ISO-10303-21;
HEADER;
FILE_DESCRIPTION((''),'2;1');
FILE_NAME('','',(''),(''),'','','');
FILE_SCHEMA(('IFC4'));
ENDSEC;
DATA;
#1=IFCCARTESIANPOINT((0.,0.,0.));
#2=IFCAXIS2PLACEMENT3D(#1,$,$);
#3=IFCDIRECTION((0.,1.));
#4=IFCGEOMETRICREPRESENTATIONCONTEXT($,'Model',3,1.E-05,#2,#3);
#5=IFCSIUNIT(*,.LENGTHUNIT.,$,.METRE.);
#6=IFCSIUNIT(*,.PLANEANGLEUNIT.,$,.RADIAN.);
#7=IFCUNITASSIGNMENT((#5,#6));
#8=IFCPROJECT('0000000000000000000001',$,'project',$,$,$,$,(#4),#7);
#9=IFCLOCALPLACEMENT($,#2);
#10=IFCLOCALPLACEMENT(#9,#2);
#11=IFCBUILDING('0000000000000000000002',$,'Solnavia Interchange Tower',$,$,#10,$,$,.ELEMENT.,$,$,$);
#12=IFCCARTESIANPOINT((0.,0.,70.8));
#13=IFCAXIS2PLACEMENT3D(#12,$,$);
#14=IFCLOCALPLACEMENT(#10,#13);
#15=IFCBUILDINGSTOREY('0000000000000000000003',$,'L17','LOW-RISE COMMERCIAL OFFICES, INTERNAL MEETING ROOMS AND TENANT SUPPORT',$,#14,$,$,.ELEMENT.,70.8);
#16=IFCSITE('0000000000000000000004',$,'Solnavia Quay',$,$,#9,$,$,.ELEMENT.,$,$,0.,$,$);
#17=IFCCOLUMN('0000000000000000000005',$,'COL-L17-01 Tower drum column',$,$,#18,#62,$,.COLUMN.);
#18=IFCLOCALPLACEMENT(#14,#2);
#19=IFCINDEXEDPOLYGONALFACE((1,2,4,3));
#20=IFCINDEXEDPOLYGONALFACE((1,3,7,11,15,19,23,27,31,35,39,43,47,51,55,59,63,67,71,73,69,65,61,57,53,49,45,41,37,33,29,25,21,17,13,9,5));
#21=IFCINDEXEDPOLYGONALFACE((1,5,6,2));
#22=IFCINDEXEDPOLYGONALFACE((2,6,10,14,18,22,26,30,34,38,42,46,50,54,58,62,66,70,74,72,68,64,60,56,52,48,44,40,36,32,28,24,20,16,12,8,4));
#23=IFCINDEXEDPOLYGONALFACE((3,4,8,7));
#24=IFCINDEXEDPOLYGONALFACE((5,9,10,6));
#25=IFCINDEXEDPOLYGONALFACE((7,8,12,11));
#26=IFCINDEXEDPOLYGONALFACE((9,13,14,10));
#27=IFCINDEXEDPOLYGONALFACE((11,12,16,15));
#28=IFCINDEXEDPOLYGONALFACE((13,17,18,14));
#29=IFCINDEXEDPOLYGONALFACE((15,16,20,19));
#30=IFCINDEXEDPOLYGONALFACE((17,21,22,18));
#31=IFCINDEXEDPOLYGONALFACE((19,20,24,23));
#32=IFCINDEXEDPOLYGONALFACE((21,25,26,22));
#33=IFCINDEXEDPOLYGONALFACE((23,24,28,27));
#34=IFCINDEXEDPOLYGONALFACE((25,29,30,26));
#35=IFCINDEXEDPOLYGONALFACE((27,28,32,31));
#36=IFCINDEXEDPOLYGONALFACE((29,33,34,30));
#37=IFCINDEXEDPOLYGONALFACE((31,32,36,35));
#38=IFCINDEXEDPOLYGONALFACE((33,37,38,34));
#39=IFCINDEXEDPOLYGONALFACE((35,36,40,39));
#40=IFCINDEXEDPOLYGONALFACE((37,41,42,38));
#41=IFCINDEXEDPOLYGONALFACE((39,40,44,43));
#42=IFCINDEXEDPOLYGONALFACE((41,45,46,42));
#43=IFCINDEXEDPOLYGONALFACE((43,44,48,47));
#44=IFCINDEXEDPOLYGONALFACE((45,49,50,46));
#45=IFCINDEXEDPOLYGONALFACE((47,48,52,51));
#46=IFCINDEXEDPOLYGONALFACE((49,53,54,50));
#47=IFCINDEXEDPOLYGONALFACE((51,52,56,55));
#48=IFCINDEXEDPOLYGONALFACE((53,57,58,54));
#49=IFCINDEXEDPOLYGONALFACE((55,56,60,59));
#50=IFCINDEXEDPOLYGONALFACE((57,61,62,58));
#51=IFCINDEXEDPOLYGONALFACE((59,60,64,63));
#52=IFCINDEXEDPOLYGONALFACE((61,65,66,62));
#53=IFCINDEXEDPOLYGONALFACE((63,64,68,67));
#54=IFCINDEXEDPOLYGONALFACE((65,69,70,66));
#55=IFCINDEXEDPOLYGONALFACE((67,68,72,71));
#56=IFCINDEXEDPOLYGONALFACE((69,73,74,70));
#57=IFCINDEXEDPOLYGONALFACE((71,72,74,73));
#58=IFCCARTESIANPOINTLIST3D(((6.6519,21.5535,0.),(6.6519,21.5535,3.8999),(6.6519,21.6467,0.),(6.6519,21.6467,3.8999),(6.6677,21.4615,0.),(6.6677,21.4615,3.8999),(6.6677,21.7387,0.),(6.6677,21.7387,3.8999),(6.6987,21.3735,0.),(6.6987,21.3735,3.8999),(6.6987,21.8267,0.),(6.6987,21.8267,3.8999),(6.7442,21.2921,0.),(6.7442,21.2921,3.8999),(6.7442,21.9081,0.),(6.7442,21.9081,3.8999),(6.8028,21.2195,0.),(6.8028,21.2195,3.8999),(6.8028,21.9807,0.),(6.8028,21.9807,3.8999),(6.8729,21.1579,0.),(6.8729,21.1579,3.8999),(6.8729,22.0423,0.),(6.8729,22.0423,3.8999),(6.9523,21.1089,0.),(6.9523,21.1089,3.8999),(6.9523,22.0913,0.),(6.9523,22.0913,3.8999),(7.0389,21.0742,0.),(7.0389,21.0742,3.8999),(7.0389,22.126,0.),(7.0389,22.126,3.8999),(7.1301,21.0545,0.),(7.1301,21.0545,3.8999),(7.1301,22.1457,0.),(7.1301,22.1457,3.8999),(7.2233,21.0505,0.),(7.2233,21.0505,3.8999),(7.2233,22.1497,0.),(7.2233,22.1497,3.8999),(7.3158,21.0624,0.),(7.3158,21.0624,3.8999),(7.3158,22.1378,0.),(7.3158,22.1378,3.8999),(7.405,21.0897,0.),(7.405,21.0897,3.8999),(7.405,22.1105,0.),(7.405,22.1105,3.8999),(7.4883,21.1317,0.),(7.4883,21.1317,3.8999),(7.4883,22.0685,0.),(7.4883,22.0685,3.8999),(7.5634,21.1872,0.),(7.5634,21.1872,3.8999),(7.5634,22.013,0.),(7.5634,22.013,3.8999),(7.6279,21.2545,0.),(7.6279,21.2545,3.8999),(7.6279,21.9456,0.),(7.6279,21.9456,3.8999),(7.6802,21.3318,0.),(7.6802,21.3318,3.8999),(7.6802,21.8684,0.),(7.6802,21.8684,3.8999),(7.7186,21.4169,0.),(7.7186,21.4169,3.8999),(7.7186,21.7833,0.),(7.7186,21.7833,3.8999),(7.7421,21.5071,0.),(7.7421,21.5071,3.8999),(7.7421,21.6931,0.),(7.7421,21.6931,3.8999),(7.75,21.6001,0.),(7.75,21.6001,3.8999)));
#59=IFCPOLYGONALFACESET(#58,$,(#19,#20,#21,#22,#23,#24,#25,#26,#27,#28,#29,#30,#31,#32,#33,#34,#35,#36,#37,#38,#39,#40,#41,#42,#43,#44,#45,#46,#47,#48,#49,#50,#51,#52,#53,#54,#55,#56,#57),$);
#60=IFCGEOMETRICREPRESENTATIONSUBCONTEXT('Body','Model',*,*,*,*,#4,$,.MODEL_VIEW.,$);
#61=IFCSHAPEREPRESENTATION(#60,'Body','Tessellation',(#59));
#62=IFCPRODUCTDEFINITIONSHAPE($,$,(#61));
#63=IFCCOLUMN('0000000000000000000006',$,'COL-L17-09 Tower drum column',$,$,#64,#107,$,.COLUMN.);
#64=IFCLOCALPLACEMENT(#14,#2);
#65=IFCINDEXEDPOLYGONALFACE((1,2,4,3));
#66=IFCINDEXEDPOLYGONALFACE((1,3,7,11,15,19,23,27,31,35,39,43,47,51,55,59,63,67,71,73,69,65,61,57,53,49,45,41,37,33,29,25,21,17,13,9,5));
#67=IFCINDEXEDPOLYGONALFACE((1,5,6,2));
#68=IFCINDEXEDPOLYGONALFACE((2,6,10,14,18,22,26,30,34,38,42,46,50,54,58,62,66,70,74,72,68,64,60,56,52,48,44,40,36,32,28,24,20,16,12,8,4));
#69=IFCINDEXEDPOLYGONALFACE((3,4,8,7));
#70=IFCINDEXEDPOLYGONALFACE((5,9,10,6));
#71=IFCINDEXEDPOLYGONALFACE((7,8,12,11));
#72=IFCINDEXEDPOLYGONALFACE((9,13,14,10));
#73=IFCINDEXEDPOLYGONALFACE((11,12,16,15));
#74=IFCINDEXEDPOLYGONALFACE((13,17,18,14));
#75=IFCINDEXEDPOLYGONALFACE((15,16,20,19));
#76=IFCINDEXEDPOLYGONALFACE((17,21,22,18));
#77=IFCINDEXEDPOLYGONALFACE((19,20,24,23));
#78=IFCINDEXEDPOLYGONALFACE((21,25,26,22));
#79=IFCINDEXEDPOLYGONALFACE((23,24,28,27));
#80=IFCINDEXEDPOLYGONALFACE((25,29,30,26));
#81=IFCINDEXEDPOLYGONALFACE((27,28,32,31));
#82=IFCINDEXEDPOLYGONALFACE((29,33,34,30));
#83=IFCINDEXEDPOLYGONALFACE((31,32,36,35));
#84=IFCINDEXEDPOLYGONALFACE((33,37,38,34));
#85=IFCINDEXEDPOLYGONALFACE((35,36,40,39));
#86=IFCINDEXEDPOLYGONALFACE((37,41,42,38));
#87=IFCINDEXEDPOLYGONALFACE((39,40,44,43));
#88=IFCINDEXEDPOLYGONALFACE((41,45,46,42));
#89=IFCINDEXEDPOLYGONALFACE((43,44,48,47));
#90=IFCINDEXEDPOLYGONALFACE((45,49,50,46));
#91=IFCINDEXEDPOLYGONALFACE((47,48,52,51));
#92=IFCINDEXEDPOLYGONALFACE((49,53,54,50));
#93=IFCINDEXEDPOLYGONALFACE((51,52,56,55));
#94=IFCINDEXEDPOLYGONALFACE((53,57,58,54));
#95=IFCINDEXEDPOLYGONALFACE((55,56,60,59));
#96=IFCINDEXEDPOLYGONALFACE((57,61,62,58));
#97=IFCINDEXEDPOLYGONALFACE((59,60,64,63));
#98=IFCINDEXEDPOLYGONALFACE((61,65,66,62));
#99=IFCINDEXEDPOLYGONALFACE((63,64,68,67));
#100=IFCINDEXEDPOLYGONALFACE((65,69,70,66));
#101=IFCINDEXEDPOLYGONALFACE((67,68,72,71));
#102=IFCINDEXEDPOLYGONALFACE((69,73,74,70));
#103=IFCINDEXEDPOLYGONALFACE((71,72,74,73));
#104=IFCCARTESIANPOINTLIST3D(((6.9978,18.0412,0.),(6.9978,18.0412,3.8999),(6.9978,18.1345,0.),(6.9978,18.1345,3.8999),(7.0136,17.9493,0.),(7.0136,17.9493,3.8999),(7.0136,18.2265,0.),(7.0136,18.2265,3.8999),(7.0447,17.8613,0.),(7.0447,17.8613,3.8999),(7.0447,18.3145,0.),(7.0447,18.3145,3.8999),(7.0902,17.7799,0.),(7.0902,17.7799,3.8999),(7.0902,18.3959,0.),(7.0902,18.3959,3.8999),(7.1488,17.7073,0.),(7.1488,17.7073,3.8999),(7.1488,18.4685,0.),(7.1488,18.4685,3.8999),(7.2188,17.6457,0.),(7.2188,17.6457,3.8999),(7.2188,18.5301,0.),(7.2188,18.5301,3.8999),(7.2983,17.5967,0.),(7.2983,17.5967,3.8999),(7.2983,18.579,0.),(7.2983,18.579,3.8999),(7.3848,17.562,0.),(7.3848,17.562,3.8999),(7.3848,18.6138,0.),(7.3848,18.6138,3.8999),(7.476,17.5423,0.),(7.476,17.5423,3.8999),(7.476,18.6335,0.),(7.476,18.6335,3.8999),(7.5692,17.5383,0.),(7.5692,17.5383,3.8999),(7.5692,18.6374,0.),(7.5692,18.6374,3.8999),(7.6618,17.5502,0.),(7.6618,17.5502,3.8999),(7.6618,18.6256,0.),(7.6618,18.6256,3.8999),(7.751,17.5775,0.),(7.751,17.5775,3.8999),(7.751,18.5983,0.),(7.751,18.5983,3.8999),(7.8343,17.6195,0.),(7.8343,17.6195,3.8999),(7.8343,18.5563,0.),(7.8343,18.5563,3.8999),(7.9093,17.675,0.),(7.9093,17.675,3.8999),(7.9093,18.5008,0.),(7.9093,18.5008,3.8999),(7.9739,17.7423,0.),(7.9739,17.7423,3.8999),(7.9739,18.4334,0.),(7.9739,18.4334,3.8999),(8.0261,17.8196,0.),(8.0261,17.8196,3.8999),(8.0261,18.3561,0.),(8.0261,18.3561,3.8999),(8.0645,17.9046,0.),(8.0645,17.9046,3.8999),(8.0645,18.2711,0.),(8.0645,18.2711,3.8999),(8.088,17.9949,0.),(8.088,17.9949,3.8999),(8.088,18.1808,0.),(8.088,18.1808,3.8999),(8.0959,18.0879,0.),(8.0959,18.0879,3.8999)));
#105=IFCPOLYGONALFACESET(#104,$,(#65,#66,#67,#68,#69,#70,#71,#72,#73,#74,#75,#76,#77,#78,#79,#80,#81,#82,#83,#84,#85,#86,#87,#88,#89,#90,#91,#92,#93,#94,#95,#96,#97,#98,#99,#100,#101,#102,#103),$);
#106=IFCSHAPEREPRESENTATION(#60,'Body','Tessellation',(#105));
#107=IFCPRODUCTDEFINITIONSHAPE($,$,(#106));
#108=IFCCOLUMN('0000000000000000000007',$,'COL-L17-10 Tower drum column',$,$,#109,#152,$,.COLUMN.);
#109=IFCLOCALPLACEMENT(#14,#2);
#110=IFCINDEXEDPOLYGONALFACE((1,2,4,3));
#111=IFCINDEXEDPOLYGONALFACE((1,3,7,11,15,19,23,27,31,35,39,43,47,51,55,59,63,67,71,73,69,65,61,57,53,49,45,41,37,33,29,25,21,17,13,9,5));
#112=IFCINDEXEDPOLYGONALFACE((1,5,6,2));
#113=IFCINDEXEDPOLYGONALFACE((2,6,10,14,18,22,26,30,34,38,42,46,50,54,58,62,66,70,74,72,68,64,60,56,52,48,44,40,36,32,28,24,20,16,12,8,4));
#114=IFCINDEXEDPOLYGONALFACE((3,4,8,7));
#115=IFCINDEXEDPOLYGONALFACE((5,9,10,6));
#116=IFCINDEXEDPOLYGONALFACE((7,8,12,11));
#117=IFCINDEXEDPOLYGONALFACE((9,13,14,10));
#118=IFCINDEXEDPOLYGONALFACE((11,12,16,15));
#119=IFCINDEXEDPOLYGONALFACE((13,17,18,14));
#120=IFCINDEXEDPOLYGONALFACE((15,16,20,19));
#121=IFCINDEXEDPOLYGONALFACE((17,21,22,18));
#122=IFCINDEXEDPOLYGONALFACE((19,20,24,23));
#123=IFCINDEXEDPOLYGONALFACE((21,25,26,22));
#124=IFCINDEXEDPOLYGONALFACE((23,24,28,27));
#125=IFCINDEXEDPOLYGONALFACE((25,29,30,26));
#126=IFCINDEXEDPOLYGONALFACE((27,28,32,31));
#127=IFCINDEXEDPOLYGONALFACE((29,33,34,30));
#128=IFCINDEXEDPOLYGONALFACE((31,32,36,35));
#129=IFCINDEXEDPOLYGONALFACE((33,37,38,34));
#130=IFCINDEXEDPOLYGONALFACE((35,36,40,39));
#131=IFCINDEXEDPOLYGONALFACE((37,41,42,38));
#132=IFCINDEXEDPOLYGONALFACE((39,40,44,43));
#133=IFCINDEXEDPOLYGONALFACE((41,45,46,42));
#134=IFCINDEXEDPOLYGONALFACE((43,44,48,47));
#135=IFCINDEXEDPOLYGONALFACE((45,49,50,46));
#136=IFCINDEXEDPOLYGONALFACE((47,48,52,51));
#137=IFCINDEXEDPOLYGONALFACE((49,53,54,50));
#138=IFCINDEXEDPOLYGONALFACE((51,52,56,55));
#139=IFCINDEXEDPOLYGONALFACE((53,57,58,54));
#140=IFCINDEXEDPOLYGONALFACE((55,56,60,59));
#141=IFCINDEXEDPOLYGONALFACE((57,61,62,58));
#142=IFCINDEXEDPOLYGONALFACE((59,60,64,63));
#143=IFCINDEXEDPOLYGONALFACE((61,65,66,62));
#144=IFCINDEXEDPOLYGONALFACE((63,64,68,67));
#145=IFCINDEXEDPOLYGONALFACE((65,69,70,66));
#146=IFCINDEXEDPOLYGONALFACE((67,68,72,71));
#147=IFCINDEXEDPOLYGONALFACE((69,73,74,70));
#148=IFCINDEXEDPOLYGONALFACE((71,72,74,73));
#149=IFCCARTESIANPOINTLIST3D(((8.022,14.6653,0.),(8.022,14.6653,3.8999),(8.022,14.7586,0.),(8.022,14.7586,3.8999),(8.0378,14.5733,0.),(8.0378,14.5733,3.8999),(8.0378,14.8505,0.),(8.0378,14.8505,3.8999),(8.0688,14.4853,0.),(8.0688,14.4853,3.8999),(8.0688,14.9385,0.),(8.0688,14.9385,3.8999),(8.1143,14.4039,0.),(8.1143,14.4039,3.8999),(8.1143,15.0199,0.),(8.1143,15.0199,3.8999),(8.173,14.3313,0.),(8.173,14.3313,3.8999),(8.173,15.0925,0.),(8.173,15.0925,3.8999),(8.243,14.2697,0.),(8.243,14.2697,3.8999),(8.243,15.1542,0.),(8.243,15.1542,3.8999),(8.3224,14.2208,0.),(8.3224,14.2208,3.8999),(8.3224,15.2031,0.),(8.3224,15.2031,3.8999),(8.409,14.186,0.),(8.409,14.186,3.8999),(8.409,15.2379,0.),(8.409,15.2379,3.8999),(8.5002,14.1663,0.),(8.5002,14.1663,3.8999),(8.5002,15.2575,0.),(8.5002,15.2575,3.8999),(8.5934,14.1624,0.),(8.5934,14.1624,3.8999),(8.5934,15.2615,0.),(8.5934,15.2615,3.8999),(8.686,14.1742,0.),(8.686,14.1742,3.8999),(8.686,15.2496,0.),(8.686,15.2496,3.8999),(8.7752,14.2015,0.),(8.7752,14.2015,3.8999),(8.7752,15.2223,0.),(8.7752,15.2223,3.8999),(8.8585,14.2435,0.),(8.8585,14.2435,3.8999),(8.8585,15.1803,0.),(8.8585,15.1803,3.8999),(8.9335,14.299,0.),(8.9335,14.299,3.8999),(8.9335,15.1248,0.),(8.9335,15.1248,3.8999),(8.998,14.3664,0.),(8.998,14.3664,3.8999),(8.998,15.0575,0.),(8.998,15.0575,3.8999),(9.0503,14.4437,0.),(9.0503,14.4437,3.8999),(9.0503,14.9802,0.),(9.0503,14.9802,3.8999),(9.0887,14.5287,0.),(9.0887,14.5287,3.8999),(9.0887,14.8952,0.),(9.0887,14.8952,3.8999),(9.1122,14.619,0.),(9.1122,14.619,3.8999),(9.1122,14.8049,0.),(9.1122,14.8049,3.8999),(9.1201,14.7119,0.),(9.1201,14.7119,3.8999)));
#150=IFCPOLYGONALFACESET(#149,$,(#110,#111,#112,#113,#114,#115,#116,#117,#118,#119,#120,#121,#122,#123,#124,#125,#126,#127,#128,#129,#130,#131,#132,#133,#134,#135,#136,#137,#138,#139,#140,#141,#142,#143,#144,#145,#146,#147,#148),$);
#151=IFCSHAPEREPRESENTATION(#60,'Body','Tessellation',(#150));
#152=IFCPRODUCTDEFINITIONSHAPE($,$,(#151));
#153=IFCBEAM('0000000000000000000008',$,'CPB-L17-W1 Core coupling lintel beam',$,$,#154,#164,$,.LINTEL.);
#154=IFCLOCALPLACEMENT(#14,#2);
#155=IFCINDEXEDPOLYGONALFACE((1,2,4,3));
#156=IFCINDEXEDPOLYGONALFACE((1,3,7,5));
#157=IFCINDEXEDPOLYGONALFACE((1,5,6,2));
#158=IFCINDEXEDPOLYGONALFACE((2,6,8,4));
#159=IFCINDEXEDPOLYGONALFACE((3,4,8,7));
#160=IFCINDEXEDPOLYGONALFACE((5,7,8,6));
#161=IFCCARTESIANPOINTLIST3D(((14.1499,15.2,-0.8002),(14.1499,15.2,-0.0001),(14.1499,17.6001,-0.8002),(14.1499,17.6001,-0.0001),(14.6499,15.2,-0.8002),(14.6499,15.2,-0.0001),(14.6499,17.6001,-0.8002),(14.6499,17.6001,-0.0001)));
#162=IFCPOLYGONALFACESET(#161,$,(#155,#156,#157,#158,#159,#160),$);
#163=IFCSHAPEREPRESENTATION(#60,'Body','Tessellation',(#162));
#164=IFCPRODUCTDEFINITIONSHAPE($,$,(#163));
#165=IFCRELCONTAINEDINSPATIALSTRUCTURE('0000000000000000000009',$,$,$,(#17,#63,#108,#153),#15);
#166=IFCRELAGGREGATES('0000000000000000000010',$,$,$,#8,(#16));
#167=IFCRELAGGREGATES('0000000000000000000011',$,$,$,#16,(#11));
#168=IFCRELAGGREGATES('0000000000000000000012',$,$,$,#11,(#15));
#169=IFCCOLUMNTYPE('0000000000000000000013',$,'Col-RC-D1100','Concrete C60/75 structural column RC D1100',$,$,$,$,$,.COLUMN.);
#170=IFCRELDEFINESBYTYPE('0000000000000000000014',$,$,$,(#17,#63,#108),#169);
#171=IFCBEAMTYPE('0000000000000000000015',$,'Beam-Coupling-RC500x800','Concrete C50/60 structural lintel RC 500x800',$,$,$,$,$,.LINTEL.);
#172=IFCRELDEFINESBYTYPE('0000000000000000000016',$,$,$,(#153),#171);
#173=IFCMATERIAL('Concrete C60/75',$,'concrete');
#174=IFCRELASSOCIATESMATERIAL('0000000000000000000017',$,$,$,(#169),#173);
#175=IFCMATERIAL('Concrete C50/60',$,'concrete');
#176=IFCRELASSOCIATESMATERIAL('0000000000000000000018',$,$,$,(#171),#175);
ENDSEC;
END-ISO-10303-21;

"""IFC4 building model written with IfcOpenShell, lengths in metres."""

from ifc_helpers import new_model, si_unit, direction, frame, origin, origin_2d, place, context, subcontext, project, spatial, rectangle, circle, extrude, material, material_profile, profile_set, type_object, element, save


model = new_model("IFC4")

# Units and contexts
model_context = context("Model", 3, precision=1e-05, world=origin(), true_north=direction((0.0, 1.0)))
body_context = subcontext(model_context, "Body", "Model", "MODEL_VIEW")
ifc_project = project(units=[si_unit("LENGTHUNIT", "METRE"), si_unit("PLANEANGLEUNIT", "RADIAN")], contexts=[model_context])

# Site, building, storey
site_placement = place(None, origin())
site = spatial("IfcSite", under=ifc_project, at=site_placement, Name="Solnavia Quay", CompositionType="ELEMENT", RefElevation=0.0)
building_placement = place(site_placement, origin())
building = spatial("IfcBuilding", under=site, at=building_placement, Name="Solnavia Interchange Tower", CompositionType="ELEMENT")
storey_placement = place(building_placement, frame((0.0, 0.0, 70.8)))
storey = spatial("IfcBuildingStorey", under=building, at=storey_placement, Name="L17", Description="LOW-RISE COMMERCIAL OFFICES, INTERNAL MEETING ROOMS AND TENANT SUPPORT", CompositionType="ELEMENT", Elevation=70.8)

# Columns
ifc_material_1 = material(Name="Concrete C60/75", Category="concrete")
ifc_material_profile_1 = material_profile(ifc_material_1, circle(Radius=0.55, at=origin_2d()), Name="RC D1100")
ifc_profile_set_1 = profile_set([ifc_material_profile_1], Name="Concrete C60/75")
column_type = type_object("IfcColumnType", Name="Col-RC-D1100", Description="Concrete C60/75 structural column RC D1100", PredefinedType="COLUMN", material=ifc_profile_set_1)
for number, where, z_axis, x_axis, name in (
    (1, (7.2, 21.6001, 0.0), (0.0, 0.0, 1.0), (1.0, 0.0, 0.0), "COL-L17-01 Tower drum column"),
    (2, (7.5459, 18.0879, 0.0), (0.0, 0.0, 1.0), (1.0, 0.0, 0.0), "COL-L17-09 Tower drum column"),
    (3, (8.5701, 14.7119, 0.0), (0.0, 0.0, 1.0), (1.0, 0.0, 0.0), "COL-L17-10 Tower drum column"),
):
    element("IfcColumn", number, at=place(storey_placement, frame(where, z_axis=z_axis, x_axis=x_axis)), inside=storey, type_object=column_type, Name=name, PredefinedType="COLUMN", context=body_context, shape_type="SweptSolid", body=[
        extrude(circle(Radius=0.55, at=origin_2d()), origin(), (0.0, 0.0, 1.0), 3.8999),
    ])

# Beam
ifc_material_2 = material(Name="Concrete C50/60", Category="concrete")
ifc_material_profile_2 = material_profile(ifc_material_2, rectangle(XDim=0.5, YDim=0.8, at=origin_2d()), Name="RC 500x800")
ifc_profile_set_2 = profile_set([ifc_material_profile_2], Name="Concrete C50/60")
beam_type_1 = type_object("IfcBeamType", Name="Beam-Coupling-RC500x800", Description="Concrete C50/60 structural lintel RC 500x800", PredefinedType="LINTEL", material=ifc_profile_set_2)
beam_1_placement = place(storey_placement, frame((14.3999, 15.2, -0.4001), z_axis=(0.0, 1.0, 0.0), x_axis=(-1.0, 0.0, 0.0)))
element("IfcBeam", 4, at=beam_1_placement, inside=storey, type_object=beam_type_1, Name="CPB-L17-W1 Core coupling lintel beam", PredefinedType="LINTEL", context=body_context, shape_type="SweptSolid", body=[
    extrude(rectangle(XDim=0.5, YDim=0.8, at=origin_2d()), origin(), (0.0, 0.0, 1.0), 2.4001),
])

save(model, "model.ifc")
